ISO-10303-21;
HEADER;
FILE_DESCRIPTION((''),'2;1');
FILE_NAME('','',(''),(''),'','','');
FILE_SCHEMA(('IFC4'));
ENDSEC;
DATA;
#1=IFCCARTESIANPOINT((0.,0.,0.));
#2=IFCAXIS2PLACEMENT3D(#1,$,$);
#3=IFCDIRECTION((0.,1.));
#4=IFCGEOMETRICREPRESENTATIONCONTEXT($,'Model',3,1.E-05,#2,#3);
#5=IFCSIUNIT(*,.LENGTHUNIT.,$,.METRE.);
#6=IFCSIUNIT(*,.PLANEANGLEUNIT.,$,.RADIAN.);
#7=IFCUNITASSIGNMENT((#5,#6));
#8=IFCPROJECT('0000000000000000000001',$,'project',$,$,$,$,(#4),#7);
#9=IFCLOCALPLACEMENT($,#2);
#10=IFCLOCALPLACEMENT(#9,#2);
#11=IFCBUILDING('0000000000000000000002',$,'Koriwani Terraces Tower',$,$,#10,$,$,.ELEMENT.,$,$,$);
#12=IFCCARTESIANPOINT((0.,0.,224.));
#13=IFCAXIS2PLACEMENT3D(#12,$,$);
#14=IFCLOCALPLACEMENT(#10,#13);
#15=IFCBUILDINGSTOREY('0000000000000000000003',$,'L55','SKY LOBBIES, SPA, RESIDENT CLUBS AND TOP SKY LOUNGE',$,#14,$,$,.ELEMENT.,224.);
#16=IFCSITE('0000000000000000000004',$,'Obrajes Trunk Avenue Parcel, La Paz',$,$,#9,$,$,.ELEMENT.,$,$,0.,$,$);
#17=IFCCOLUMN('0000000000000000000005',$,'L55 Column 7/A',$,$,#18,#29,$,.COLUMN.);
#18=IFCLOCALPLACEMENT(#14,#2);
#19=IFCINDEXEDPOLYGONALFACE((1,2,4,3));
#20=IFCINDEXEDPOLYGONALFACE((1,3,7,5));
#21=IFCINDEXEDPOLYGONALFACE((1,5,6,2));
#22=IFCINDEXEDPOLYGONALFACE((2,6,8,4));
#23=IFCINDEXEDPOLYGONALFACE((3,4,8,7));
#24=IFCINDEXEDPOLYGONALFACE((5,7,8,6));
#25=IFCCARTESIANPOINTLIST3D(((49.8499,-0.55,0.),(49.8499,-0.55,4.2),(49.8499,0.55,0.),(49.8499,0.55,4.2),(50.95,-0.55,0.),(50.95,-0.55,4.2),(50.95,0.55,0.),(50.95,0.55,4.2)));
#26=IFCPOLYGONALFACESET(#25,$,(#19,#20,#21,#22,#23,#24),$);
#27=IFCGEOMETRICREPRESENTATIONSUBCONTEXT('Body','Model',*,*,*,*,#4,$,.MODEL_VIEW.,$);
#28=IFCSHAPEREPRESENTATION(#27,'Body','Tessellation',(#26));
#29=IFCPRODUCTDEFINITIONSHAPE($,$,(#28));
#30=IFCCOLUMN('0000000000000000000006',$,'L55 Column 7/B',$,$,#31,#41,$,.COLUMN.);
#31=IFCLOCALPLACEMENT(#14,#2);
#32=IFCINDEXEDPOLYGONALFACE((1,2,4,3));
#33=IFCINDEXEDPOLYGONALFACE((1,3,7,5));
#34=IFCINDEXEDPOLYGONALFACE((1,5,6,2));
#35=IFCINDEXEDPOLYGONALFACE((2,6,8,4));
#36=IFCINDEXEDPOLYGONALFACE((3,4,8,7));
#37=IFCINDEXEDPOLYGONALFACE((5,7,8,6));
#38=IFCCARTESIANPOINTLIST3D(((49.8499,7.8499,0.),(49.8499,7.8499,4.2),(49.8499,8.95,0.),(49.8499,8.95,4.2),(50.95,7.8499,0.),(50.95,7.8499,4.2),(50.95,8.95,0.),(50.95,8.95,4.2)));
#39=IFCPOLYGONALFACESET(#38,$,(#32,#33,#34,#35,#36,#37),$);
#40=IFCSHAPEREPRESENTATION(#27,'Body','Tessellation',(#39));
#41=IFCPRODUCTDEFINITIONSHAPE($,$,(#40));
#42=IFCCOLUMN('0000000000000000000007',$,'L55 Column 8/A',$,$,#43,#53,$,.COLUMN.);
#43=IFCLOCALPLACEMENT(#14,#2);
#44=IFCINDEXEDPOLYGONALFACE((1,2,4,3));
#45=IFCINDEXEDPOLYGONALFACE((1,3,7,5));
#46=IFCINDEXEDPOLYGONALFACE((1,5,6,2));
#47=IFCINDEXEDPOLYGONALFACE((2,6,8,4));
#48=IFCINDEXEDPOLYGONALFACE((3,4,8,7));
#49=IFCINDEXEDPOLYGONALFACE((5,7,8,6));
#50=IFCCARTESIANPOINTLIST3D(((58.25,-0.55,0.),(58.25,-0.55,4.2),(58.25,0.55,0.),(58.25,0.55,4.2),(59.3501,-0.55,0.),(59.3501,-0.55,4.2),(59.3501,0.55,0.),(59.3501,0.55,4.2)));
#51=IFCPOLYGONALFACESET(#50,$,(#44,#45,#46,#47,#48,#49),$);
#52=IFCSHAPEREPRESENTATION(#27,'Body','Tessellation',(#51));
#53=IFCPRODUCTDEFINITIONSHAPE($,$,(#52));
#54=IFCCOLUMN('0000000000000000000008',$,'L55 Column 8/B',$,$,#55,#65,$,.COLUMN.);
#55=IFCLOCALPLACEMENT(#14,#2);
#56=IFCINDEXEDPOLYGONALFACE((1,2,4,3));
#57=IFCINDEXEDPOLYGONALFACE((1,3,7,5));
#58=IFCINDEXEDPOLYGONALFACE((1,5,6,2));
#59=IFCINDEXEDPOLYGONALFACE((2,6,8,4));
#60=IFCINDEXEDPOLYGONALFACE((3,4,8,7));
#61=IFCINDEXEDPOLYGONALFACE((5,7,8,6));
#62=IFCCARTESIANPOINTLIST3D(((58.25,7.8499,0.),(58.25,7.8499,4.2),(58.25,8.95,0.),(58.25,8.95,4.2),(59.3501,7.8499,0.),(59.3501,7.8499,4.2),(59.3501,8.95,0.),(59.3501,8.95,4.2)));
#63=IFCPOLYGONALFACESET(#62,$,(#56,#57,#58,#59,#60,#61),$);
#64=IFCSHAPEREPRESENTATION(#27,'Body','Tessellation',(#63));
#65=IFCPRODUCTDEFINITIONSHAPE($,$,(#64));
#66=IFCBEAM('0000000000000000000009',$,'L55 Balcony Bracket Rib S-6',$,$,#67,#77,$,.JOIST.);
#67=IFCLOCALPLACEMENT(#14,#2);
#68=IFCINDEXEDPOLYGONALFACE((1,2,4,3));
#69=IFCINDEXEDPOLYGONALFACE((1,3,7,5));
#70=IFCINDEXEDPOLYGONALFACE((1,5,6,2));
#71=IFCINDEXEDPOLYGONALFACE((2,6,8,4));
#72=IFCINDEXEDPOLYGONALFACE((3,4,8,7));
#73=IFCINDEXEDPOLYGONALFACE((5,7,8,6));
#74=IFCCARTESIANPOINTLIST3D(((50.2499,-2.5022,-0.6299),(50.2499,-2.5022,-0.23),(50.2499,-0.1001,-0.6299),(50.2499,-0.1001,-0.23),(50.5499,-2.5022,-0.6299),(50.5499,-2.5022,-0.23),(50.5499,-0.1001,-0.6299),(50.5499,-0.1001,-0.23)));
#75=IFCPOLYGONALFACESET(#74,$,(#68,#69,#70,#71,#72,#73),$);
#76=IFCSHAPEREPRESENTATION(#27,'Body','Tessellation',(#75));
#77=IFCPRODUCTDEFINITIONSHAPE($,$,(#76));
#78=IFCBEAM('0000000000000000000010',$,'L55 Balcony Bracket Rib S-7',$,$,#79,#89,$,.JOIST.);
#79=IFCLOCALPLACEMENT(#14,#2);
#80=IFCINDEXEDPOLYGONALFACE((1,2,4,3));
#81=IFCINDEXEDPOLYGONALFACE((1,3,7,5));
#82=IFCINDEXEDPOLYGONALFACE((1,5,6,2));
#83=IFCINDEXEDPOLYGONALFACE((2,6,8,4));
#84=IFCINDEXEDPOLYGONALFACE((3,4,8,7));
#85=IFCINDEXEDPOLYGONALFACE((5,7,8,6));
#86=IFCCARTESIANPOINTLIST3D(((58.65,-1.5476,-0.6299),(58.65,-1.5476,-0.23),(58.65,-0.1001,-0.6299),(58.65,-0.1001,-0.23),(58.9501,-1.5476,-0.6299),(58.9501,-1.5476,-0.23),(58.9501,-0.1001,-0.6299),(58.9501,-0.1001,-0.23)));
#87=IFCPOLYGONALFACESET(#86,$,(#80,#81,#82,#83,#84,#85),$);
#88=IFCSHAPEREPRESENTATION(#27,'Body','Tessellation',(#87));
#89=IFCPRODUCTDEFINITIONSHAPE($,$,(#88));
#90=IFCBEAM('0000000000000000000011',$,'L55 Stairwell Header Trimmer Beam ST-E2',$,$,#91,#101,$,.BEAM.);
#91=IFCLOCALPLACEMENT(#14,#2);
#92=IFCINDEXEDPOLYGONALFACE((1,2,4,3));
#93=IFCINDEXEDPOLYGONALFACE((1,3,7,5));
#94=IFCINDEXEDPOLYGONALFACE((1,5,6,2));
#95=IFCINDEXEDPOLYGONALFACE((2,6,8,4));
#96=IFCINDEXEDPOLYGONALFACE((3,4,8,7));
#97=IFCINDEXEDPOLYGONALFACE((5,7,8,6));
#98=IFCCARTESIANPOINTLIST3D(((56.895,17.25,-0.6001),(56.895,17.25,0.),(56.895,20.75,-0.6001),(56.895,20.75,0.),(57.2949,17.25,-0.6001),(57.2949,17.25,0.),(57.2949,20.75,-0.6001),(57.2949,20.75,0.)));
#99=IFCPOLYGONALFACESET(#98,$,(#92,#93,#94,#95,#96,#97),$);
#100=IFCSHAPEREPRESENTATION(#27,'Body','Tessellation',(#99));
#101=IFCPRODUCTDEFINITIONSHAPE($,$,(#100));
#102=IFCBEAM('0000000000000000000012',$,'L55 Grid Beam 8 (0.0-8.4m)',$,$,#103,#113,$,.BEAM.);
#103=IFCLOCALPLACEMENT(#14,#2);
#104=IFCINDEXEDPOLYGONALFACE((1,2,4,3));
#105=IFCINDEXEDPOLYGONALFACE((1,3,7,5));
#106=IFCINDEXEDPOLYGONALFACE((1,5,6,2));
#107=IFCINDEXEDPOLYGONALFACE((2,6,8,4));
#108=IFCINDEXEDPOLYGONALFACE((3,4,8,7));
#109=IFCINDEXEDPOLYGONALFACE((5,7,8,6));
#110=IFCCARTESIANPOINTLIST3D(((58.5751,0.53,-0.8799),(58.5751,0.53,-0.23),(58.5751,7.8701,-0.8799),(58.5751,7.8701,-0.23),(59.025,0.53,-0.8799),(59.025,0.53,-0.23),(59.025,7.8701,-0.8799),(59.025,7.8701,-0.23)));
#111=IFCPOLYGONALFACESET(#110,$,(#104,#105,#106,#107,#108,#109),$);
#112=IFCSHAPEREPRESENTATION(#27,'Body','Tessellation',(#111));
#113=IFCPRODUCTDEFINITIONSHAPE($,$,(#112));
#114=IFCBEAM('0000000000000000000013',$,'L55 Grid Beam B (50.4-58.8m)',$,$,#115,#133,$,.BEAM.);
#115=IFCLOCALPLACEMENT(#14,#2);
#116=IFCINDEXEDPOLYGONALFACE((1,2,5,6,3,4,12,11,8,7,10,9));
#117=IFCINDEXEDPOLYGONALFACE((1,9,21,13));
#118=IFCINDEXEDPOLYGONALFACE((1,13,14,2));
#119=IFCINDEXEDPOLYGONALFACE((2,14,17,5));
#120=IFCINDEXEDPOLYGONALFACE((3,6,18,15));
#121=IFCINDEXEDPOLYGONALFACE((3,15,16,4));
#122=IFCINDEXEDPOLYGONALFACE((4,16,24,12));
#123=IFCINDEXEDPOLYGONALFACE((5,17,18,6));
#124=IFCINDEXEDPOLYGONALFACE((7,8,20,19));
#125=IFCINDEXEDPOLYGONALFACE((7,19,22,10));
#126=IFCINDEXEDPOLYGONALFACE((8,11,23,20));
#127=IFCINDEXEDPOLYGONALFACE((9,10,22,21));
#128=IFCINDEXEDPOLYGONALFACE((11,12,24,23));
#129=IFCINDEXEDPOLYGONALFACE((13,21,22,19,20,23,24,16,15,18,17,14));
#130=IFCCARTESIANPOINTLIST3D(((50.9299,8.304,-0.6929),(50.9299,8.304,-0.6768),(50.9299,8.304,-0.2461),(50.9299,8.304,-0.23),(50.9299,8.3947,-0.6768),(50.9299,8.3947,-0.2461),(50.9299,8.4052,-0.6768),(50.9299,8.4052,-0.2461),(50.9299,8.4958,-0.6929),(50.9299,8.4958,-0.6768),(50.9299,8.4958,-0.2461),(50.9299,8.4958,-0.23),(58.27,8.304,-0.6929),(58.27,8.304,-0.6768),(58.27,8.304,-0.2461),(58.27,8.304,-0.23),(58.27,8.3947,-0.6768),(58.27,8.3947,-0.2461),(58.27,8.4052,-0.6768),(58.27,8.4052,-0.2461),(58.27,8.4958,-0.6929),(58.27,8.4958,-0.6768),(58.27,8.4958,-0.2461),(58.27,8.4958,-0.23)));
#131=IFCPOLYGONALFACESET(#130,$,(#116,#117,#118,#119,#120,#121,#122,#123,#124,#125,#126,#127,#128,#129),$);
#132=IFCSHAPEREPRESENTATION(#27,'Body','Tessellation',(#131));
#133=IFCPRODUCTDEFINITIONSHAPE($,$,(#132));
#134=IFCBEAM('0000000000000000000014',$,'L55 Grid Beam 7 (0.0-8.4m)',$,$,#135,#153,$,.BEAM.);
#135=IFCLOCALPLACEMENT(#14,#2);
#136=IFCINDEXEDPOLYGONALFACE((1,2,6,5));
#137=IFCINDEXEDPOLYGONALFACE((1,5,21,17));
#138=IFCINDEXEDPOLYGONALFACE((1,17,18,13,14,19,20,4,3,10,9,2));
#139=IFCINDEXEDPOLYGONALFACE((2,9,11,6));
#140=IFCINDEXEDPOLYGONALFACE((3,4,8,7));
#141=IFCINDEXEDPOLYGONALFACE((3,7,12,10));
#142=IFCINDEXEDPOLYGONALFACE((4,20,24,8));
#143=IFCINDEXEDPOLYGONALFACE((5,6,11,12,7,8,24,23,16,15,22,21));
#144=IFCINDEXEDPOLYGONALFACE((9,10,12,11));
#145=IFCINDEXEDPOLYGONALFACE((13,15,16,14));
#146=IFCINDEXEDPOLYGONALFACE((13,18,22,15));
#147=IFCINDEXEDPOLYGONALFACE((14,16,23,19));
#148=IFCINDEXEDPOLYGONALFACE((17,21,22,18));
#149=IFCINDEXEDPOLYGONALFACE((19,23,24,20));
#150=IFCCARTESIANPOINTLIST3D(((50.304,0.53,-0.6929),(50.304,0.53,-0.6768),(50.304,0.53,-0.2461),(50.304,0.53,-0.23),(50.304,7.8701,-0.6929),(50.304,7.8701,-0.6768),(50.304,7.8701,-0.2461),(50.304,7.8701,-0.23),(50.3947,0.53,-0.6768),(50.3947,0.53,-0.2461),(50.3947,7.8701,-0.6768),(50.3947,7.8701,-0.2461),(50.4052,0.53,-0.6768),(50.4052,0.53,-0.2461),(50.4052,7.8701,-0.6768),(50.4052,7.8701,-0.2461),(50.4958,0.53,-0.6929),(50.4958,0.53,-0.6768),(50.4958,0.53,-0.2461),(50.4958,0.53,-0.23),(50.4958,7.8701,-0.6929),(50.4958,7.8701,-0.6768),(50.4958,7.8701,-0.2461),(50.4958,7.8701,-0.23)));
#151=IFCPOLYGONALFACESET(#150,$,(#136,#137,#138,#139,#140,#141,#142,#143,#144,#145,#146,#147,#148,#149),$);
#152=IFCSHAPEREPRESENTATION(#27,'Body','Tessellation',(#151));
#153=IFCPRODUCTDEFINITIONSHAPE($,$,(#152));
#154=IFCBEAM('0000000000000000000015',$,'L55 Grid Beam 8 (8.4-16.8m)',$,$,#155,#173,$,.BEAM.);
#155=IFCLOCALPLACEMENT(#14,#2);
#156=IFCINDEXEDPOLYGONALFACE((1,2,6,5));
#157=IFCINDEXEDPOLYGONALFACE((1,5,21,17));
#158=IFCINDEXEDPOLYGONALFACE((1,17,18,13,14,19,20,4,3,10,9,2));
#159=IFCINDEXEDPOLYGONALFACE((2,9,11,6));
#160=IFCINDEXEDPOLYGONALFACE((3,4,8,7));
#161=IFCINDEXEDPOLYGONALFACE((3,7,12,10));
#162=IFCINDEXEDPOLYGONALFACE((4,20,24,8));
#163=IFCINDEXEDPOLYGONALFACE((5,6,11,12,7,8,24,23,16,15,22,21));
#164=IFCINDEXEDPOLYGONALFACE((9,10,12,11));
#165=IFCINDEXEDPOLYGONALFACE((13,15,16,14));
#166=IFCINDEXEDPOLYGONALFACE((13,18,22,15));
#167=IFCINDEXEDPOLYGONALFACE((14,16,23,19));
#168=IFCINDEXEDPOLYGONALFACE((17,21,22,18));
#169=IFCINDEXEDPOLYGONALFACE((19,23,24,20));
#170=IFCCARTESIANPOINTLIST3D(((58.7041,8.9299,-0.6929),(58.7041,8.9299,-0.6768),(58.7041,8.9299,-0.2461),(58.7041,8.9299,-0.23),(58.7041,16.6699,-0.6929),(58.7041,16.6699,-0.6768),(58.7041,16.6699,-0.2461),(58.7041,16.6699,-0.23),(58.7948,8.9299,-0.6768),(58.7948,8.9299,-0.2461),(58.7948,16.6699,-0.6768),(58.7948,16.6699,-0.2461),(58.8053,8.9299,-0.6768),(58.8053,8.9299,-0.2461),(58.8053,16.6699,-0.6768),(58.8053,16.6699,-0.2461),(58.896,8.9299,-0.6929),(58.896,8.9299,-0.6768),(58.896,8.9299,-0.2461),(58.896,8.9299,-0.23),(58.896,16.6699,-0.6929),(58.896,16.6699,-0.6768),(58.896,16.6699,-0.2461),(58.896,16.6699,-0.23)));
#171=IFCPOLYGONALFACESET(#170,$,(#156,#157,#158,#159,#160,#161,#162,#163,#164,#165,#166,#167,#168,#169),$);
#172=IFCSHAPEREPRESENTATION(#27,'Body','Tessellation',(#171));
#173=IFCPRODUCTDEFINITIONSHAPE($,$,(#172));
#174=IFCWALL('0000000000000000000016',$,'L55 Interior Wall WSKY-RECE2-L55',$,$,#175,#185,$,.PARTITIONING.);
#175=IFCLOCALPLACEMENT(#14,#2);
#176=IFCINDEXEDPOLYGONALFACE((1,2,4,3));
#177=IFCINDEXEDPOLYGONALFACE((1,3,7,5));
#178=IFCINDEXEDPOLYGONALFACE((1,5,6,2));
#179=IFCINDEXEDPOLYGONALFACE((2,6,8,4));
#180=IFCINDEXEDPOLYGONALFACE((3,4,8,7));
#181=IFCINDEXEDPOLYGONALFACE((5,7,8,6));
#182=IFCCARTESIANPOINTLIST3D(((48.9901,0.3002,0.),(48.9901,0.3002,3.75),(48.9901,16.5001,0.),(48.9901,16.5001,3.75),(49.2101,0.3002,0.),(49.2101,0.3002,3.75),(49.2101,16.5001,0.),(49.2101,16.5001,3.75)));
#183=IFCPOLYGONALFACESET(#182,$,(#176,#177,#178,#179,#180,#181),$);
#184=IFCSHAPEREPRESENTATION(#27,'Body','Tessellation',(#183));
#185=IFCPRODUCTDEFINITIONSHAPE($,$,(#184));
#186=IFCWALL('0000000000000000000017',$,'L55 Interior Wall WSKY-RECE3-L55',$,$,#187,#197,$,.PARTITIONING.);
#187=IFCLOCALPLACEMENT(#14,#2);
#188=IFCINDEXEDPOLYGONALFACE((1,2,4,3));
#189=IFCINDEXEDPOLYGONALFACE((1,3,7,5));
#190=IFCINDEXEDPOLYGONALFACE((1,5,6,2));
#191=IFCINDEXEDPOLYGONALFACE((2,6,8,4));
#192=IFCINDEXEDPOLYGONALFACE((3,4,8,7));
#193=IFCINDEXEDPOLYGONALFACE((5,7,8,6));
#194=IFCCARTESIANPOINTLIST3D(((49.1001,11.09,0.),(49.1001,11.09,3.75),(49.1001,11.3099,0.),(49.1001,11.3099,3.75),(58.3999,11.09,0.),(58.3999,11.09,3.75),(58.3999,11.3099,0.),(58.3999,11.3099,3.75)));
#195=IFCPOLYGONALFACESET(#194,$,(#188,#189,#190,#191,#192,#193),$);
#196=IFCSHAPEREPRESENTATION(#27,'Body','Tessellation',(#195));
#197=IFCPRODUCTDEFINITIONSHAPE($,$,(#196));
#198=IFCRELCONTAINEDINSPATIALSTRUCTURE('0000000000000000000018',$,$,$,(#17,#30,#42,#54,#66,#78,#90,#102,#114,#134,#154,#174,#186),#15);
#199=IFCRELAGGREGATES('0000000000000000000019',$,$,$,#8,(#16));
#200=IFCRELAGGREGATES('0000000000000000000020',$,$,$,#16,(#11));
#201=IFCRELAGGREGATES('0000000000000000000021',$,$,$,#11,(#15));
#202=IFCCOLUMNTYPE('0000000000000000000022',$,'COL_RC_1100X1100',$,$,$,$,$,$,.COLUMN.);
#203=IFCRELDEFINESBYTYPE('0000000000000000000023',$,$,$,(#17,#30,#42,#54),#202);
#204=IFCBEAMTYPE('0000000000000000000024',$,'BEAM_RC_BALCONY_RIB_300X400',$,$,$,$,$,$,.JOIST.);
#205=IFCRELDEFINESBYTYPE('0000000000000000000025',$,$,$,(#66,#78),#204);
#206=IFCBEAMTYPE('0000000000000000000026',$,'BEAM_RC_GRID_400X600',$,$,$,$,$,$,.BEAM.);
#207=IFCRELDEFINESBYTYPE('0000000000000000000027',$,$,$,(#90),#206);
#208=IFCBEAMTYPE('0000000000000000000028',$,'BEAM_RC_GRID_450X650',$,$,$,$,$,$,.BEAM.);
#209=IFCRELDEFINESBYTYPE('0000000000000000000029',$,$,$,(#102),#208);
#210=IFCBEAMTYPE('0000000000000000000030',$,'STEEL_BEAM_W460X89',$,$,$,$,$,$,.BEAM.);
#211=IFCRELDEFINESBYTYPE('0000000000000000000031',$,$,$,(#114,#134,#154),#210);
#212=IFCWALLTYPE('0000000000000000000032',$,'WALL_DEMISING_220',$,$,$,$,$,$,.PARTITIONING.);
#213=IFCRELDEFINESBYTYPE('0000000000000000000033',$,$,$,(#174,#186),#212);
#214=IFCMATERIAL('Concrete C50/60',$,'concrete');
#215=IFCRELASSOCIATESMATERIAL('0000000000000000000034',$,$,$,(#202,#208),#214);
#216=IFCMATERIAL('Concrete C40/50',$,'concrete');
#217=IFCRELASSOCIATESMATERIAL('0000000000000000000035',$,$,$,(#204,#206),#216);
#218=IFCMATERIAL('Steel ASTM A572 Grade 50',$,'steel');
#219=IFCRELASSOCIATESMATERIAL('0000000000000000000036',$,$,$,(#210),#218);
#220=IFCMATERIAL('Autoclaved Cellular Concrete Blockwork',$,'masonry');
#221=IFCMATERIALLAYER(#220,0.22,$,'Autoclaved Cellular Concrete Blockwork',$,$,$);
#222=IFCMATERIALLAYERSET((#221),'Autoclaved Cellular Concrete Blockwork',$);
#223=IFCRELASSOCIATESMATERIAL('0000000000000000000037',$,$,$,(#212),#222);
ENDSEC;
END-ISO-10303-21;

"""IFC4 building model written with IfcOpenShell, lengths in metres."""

from ifc_helpers import new_model, si_unit, direction, frame, frame_2d, origin, origin_2d, place, context, subcontext, project, spatial, rectangle, i_section, extrude, material, layer, layer_set, material_profile, profile_set, type_object, element, save


model = new_model("IFC4")

# Units and contexts
model_context = context("Model", 3, precision=1e-05, world=origin(), true_north=direction((0.0, 1.0)))
body_context = subcontext(model_context, "Body", "Model", "MODEL_VIEW")
ifc_project = project(units=[si_unit("LENGTHUNIT", "METRE"), si_unit("PLANEANGLEUNIT", "RADIAN")], contexts=[model_context])

# Site, building, storey
site_placement = place(None, origin())
site = spatial("IfcSite", under=ifc_project, at=site_placement, Name="Obrajes Trunk Avenue Parcel, La Paz", CompositionType="ELEMENT", RefElevation=0.0)
building_placement = place(site_placement, origin())
building = spatial("IfcBuilding", under=site, at=building_placement, Name="Koriwani Terraces Tower", CompositionType="ELEMENT")
storey_placement = place(building_placement, frame((0.0, 0.0, 224.0)))
storey = spatial("IfcBuildingStorey", under=building, at=storey_placement, Name="L55", Description="SKY LOBBIES, SPA, RESIDENT CLUBS AND TOP SKY LOUNGE", CompositionType="ELEMENT", Elevation=224.0)

# Columns
ifc_material_1 = material(Name="Concrete C50/60", Category="concrete")
ifc_material_profile_1 = material_profile(ifc_material_1, rectangle(XDim=1.1001, YDim=1.1001, at=origin_2d()), Name="Concrete C50/60", Category="LoadBearing")
ifc_profile_set_1 = profile_set([ifc_material_profile_1], Name="Concrete C50/60")
column_type = type_object("IfcColumnType", Name="COL_RC_1100X1100", PredefinedType="COLUMN", material=ifc_profile_set_1)
for number, where, z_axis, x_axis, name in (
    (1, (50.3999, 0.0, 0.0), (0.0, 0.0, 1.0), (1.0, 0.0, 0.0), "L55 Column 7/A"),
    (2, (50.3999, 8.3999, 0.0), (0.0, 0.0, 1.0), (1.0, 0.0, 0.0), "L55 Column 7/B"),
    (3, (58.8, 0.0, 0.0), (0.0, 0.0, 1.0), (1.0, 0.0, 0.0), "L55 Column 8/A"),
    (4, (58.8, 8.3999, 0.0), (0.0, 0.0, 1.0), (1.0, 0.0, 0.0), "L55 Column 8/B"),
):
    element("IfcColumn", number, at=place(storey_placement, frame(where, z_axis=z_axis, x_axis=x_axis)), inside=storey, type_object=column_type, Name=name, PredefinedType="COLUMN", context=body_context, shape_type="SweptSolid", body=[
        extrude(rectangle(XDim=1.1001, YDim=1.1001, at=origin_2d()), origin(), (0.0, 0.0, 1.0), 4.2),
    ])

# Beams
ifc_material_2 = material(Name="Concrete C40/50", Category="concrete")
ifc_material_profile_2 = material_profile(ifc_material_2, rectangle(XDim=0.3, YDim=0.3999, at=origin_2d()), Name="Concrete C40/50", Category="LoadBearing")
ifc_profile_set_2 = profile_set([ifc_material_profile_2], Name="Concrete C40/50")
beam_type_1 = type_object("IfcBeamType", Name="BEAM_RC_BALCONY_RIB_300X400", PredefinedType="JOIST", material=ifc_profile_set_2)
beam_1_placement = place(storey_placement, frame((50.3999, -2.5022, -0.4299), z_axis=(0.0, 1.0, 0.0), x_axis=(-1.0, 0.0, 0.0)))
element("IfcBeam", 5, at=beam_1_placement, inside=storey, type_object=beam_type_1, Name="L55 Balcony Bracket Rib S-6", PredefinedType="JOIST", context=body_context, shape_type="SweptSolid", body=[
    extrude(rectangle(XDim=0.3, YDim=0.3999, at=origin_2d()), origin(), (0.0, 0.0, 1.0), 2.4021),
])
beam_2_placement = place(storey_placement, frame((58.8, -1.5476, -0.4299), z_axis=(0.0, 1.0, 0.0), x_axis=(-1.0, 0.0, 0.0)))
element("IfcBeam", 6, at=beam_2_placement, inside=storey, type_object=beam_type_1, Name="L55 Balcony Bracket Rib S-7", PredefinedType="JOIST", context=body_context, shape_type="SweptSolid", body=[
    extrude(rectangle(XDim=0.3, YDim=0.3999, at=origin_2d()), origin(), (0.0, 0.0, 1.0), 1.4475),
])
ifc_material_profile_3 = material_profile(ifc_material_2, rectangle(XDim=0.3999, YDim=0.6001, at=origin_2d()), Name="Concrete C40/50", Category="LoadBearing")
ifc_profile_set_3 = profile_set([ifc_material_profile_3], Name="Concrete C40/50")
beam_type_2 = type_object("IfcBeamType", Name="BEAM_RC_GRID_400X600", PredefinedType="BEAM", material=ifc_profile_set_3)
beam_3_placement = place(storey_placement, frame((57.095, 17.25, -0.3), z_axis=(0.0, 1.0, 0.0), x_axis=(-1.0, 0.0, 0.0)))
element("IfcBeam", 7, at=beam_3_placement, inside=storey, type_object=beam_type_2, Name="L55 Stairwell Header Trimmer Beam ST-E2", PredefinedType="BEAM", context=body_context, shape_type="SweptSolid", body=[
    extrude(rectangle(XDim=0.3999, YDim=0.6001, at=origin_2d()), origin(), (0.0, 0.0, 1.0), 3.5),
])
ifc_material_profile_4 = material_profile(ifc_material_1, rectangle(XDim=0.45, YDim=0.6499, at=origin_2d()), Name="Concrete C50/60", Category="LoadBearing")
ifc_profile_set_4 = profile_set([ifc_material_profile_4], Name="Concrete C50/60")
beam_type_3 = type_object("IfcBeamType", Name="BEAM_RC_GRID_450X650", PredefinedType="BEAM", material=ifc_profile_set_4)
beam_4_placement = place(storey_placement, frame((58.8, 0.53, -0.5549), z_axis=(0.0, 1.0, 0.0), x_axis=(-1.0, 0.0, 0.0)))
element("IfcBeam", 8, at=beam_4_placement, inside=storey, type_object=beam_type_3, Name="L55 Grid Beam 8 (0.0-8.4m)", PredefinedType="BEAM", context=body_context, shape_type="SweptSolid", body=[
    extrude(rectangle(XDim=0.45, YDim=0.6499, at=origin_2d()), origin(), (0.0, 0.0, 1.0), 7.3401),
])
ifc_material_3 = material(Name="Steel ASTM A572 Grade 50", Category="steel")
ifc_material_profile_5 = material_profile(ifc_material_3, i_section(OverallWidth=0.1919, OverallDepth=0.4629, WebThickness=0.0105, FlangeThickness=0.0161, at=origin_2d()), Name="Steel ASTM A572 Grade 50", Category="LoadBearing")
ifc_profile_set_5 = profile_set([ifc_material_profile_5], Name="Steel ASTM A572 Grade 50")
beam_type_4 = type_object("IfcBeamType", Name="STEEL_BEAM_W460X89", PredefinedType="BEAM", material=ifc_profile_set_5)
for number, where, z_axis, x_axis, name in (
    (9, (50.9299, 8.3999, -0.4614), (1.0, 0.0, 0.0), (0.0, 1.0, 0.0), "L55 Grid Beam B (50.4-58.8m)"),
    (10, (50.3999, 0.53, -0.4614), (0.0, 1.0, 0.0), (-1.0, 0.0, 0.0), "L55 Grid Beam 7 (0.0-8.4m)"),
):
    element("IfcBeam", number, at=place(storey_placement, frame(where, z_axis=z_axis, x_axis=x_axis)), inside=storey, type_object=beam_type_4, Name=name, PredefinedType="BEAM", context=body_context, shape_type="SweptSolid", body=[
        extrude(i_section(OverallWidth=0.1919, OverallDepth=0.4629, WebThickness=0.0105, FlangeThickness=0.0161, at=origin_2d()), origin(), (0.0, 0.0, 1.0), 7.3401),
    ])
beam_5_placement = place(storey_placement, frame((58.8, 8.9299, -0.4614), z_axis=(0.0, 1.0, 0.0), x_axis=(-1.0, 0.0, 0.0)))
element("IfcBeam", 11, at=beam_5_placement, inside=storey, type_object=beam_type_4, Name="L55 Grid Beam 8 (8.4-16.8m)", PredefinedType="BEAM", context=body_context, shape_type="SweptSolid", body=[
    extrude(i_section(OverallWidth=0.1919, OverallDepth=0.4629, WebThickness=0.0105, FlangeThickness=0.0161, at=origin_2d()), origin(), (0.0, 0.0, 1.0), 7.74),
])

# Walls
ifc_material_4 = material(Name="Autoclaved Cellular Concrete Blockwork", Category="masonry")
ifc_layer_1 = layer(ifc_material_4, 0.22, Name="Autoclaved Cellular Concrete Blockwork")
ifc_layer_set_1 = layer_set([ifc_layer_1], Name="Autoclaved Cellular Concrete Blockwork")
wall_type_1 = type_object("IfcWallType", Name="WALL_DEMISING_220", PredefinedType="PARTITIONING", material=ifc_layer_set_1)
wall_1_placement = place(storey_placement, frame((49.1001, 0.3, 0.0), z_axis=(0.0, 0.0, 1.0), x_axis=(0.0, 1.0, 0.0)))
element("IfcWall", 12, at=wall_1_placement, inside=storey, type_object=wall_type_1, Name="L55 Interior Wall WSKY-RECE2-L55", PredefinedType="PARTITIONING", context=body_context, shape_type="SweptSolid", body=[
    extrude(rectangle(XDim=16.2, YDim=0.22, at=frame_2d((8.1001, 0.0))), origin(), (0.0, 0.0, 1.0), 3.75),
])
wall_2_placement = place(storey_placement, frame((49.1001, 11.2, 0.0), z_axis=(0.0, 0.0, 1.0), x_axis=(1.0, 0.0, 0.0)))
element("IfcWall", 13, at=wall_2_placement, inside=storey, type_object=wall_type_1, Name="L55 Interior Wall WSKY-RECE3-L55", PredefinedType="PARTITIONING", context=body_context, shape_type="SweptSolid", body=[
    extrude(rectangle(XDim=9.2998, YDim=0.22, at=frame_2d((4.6499, 0.0))), origin(), (0.0, 0.0, 1.0), 3.75),
])

save(model, "model.ifc")
